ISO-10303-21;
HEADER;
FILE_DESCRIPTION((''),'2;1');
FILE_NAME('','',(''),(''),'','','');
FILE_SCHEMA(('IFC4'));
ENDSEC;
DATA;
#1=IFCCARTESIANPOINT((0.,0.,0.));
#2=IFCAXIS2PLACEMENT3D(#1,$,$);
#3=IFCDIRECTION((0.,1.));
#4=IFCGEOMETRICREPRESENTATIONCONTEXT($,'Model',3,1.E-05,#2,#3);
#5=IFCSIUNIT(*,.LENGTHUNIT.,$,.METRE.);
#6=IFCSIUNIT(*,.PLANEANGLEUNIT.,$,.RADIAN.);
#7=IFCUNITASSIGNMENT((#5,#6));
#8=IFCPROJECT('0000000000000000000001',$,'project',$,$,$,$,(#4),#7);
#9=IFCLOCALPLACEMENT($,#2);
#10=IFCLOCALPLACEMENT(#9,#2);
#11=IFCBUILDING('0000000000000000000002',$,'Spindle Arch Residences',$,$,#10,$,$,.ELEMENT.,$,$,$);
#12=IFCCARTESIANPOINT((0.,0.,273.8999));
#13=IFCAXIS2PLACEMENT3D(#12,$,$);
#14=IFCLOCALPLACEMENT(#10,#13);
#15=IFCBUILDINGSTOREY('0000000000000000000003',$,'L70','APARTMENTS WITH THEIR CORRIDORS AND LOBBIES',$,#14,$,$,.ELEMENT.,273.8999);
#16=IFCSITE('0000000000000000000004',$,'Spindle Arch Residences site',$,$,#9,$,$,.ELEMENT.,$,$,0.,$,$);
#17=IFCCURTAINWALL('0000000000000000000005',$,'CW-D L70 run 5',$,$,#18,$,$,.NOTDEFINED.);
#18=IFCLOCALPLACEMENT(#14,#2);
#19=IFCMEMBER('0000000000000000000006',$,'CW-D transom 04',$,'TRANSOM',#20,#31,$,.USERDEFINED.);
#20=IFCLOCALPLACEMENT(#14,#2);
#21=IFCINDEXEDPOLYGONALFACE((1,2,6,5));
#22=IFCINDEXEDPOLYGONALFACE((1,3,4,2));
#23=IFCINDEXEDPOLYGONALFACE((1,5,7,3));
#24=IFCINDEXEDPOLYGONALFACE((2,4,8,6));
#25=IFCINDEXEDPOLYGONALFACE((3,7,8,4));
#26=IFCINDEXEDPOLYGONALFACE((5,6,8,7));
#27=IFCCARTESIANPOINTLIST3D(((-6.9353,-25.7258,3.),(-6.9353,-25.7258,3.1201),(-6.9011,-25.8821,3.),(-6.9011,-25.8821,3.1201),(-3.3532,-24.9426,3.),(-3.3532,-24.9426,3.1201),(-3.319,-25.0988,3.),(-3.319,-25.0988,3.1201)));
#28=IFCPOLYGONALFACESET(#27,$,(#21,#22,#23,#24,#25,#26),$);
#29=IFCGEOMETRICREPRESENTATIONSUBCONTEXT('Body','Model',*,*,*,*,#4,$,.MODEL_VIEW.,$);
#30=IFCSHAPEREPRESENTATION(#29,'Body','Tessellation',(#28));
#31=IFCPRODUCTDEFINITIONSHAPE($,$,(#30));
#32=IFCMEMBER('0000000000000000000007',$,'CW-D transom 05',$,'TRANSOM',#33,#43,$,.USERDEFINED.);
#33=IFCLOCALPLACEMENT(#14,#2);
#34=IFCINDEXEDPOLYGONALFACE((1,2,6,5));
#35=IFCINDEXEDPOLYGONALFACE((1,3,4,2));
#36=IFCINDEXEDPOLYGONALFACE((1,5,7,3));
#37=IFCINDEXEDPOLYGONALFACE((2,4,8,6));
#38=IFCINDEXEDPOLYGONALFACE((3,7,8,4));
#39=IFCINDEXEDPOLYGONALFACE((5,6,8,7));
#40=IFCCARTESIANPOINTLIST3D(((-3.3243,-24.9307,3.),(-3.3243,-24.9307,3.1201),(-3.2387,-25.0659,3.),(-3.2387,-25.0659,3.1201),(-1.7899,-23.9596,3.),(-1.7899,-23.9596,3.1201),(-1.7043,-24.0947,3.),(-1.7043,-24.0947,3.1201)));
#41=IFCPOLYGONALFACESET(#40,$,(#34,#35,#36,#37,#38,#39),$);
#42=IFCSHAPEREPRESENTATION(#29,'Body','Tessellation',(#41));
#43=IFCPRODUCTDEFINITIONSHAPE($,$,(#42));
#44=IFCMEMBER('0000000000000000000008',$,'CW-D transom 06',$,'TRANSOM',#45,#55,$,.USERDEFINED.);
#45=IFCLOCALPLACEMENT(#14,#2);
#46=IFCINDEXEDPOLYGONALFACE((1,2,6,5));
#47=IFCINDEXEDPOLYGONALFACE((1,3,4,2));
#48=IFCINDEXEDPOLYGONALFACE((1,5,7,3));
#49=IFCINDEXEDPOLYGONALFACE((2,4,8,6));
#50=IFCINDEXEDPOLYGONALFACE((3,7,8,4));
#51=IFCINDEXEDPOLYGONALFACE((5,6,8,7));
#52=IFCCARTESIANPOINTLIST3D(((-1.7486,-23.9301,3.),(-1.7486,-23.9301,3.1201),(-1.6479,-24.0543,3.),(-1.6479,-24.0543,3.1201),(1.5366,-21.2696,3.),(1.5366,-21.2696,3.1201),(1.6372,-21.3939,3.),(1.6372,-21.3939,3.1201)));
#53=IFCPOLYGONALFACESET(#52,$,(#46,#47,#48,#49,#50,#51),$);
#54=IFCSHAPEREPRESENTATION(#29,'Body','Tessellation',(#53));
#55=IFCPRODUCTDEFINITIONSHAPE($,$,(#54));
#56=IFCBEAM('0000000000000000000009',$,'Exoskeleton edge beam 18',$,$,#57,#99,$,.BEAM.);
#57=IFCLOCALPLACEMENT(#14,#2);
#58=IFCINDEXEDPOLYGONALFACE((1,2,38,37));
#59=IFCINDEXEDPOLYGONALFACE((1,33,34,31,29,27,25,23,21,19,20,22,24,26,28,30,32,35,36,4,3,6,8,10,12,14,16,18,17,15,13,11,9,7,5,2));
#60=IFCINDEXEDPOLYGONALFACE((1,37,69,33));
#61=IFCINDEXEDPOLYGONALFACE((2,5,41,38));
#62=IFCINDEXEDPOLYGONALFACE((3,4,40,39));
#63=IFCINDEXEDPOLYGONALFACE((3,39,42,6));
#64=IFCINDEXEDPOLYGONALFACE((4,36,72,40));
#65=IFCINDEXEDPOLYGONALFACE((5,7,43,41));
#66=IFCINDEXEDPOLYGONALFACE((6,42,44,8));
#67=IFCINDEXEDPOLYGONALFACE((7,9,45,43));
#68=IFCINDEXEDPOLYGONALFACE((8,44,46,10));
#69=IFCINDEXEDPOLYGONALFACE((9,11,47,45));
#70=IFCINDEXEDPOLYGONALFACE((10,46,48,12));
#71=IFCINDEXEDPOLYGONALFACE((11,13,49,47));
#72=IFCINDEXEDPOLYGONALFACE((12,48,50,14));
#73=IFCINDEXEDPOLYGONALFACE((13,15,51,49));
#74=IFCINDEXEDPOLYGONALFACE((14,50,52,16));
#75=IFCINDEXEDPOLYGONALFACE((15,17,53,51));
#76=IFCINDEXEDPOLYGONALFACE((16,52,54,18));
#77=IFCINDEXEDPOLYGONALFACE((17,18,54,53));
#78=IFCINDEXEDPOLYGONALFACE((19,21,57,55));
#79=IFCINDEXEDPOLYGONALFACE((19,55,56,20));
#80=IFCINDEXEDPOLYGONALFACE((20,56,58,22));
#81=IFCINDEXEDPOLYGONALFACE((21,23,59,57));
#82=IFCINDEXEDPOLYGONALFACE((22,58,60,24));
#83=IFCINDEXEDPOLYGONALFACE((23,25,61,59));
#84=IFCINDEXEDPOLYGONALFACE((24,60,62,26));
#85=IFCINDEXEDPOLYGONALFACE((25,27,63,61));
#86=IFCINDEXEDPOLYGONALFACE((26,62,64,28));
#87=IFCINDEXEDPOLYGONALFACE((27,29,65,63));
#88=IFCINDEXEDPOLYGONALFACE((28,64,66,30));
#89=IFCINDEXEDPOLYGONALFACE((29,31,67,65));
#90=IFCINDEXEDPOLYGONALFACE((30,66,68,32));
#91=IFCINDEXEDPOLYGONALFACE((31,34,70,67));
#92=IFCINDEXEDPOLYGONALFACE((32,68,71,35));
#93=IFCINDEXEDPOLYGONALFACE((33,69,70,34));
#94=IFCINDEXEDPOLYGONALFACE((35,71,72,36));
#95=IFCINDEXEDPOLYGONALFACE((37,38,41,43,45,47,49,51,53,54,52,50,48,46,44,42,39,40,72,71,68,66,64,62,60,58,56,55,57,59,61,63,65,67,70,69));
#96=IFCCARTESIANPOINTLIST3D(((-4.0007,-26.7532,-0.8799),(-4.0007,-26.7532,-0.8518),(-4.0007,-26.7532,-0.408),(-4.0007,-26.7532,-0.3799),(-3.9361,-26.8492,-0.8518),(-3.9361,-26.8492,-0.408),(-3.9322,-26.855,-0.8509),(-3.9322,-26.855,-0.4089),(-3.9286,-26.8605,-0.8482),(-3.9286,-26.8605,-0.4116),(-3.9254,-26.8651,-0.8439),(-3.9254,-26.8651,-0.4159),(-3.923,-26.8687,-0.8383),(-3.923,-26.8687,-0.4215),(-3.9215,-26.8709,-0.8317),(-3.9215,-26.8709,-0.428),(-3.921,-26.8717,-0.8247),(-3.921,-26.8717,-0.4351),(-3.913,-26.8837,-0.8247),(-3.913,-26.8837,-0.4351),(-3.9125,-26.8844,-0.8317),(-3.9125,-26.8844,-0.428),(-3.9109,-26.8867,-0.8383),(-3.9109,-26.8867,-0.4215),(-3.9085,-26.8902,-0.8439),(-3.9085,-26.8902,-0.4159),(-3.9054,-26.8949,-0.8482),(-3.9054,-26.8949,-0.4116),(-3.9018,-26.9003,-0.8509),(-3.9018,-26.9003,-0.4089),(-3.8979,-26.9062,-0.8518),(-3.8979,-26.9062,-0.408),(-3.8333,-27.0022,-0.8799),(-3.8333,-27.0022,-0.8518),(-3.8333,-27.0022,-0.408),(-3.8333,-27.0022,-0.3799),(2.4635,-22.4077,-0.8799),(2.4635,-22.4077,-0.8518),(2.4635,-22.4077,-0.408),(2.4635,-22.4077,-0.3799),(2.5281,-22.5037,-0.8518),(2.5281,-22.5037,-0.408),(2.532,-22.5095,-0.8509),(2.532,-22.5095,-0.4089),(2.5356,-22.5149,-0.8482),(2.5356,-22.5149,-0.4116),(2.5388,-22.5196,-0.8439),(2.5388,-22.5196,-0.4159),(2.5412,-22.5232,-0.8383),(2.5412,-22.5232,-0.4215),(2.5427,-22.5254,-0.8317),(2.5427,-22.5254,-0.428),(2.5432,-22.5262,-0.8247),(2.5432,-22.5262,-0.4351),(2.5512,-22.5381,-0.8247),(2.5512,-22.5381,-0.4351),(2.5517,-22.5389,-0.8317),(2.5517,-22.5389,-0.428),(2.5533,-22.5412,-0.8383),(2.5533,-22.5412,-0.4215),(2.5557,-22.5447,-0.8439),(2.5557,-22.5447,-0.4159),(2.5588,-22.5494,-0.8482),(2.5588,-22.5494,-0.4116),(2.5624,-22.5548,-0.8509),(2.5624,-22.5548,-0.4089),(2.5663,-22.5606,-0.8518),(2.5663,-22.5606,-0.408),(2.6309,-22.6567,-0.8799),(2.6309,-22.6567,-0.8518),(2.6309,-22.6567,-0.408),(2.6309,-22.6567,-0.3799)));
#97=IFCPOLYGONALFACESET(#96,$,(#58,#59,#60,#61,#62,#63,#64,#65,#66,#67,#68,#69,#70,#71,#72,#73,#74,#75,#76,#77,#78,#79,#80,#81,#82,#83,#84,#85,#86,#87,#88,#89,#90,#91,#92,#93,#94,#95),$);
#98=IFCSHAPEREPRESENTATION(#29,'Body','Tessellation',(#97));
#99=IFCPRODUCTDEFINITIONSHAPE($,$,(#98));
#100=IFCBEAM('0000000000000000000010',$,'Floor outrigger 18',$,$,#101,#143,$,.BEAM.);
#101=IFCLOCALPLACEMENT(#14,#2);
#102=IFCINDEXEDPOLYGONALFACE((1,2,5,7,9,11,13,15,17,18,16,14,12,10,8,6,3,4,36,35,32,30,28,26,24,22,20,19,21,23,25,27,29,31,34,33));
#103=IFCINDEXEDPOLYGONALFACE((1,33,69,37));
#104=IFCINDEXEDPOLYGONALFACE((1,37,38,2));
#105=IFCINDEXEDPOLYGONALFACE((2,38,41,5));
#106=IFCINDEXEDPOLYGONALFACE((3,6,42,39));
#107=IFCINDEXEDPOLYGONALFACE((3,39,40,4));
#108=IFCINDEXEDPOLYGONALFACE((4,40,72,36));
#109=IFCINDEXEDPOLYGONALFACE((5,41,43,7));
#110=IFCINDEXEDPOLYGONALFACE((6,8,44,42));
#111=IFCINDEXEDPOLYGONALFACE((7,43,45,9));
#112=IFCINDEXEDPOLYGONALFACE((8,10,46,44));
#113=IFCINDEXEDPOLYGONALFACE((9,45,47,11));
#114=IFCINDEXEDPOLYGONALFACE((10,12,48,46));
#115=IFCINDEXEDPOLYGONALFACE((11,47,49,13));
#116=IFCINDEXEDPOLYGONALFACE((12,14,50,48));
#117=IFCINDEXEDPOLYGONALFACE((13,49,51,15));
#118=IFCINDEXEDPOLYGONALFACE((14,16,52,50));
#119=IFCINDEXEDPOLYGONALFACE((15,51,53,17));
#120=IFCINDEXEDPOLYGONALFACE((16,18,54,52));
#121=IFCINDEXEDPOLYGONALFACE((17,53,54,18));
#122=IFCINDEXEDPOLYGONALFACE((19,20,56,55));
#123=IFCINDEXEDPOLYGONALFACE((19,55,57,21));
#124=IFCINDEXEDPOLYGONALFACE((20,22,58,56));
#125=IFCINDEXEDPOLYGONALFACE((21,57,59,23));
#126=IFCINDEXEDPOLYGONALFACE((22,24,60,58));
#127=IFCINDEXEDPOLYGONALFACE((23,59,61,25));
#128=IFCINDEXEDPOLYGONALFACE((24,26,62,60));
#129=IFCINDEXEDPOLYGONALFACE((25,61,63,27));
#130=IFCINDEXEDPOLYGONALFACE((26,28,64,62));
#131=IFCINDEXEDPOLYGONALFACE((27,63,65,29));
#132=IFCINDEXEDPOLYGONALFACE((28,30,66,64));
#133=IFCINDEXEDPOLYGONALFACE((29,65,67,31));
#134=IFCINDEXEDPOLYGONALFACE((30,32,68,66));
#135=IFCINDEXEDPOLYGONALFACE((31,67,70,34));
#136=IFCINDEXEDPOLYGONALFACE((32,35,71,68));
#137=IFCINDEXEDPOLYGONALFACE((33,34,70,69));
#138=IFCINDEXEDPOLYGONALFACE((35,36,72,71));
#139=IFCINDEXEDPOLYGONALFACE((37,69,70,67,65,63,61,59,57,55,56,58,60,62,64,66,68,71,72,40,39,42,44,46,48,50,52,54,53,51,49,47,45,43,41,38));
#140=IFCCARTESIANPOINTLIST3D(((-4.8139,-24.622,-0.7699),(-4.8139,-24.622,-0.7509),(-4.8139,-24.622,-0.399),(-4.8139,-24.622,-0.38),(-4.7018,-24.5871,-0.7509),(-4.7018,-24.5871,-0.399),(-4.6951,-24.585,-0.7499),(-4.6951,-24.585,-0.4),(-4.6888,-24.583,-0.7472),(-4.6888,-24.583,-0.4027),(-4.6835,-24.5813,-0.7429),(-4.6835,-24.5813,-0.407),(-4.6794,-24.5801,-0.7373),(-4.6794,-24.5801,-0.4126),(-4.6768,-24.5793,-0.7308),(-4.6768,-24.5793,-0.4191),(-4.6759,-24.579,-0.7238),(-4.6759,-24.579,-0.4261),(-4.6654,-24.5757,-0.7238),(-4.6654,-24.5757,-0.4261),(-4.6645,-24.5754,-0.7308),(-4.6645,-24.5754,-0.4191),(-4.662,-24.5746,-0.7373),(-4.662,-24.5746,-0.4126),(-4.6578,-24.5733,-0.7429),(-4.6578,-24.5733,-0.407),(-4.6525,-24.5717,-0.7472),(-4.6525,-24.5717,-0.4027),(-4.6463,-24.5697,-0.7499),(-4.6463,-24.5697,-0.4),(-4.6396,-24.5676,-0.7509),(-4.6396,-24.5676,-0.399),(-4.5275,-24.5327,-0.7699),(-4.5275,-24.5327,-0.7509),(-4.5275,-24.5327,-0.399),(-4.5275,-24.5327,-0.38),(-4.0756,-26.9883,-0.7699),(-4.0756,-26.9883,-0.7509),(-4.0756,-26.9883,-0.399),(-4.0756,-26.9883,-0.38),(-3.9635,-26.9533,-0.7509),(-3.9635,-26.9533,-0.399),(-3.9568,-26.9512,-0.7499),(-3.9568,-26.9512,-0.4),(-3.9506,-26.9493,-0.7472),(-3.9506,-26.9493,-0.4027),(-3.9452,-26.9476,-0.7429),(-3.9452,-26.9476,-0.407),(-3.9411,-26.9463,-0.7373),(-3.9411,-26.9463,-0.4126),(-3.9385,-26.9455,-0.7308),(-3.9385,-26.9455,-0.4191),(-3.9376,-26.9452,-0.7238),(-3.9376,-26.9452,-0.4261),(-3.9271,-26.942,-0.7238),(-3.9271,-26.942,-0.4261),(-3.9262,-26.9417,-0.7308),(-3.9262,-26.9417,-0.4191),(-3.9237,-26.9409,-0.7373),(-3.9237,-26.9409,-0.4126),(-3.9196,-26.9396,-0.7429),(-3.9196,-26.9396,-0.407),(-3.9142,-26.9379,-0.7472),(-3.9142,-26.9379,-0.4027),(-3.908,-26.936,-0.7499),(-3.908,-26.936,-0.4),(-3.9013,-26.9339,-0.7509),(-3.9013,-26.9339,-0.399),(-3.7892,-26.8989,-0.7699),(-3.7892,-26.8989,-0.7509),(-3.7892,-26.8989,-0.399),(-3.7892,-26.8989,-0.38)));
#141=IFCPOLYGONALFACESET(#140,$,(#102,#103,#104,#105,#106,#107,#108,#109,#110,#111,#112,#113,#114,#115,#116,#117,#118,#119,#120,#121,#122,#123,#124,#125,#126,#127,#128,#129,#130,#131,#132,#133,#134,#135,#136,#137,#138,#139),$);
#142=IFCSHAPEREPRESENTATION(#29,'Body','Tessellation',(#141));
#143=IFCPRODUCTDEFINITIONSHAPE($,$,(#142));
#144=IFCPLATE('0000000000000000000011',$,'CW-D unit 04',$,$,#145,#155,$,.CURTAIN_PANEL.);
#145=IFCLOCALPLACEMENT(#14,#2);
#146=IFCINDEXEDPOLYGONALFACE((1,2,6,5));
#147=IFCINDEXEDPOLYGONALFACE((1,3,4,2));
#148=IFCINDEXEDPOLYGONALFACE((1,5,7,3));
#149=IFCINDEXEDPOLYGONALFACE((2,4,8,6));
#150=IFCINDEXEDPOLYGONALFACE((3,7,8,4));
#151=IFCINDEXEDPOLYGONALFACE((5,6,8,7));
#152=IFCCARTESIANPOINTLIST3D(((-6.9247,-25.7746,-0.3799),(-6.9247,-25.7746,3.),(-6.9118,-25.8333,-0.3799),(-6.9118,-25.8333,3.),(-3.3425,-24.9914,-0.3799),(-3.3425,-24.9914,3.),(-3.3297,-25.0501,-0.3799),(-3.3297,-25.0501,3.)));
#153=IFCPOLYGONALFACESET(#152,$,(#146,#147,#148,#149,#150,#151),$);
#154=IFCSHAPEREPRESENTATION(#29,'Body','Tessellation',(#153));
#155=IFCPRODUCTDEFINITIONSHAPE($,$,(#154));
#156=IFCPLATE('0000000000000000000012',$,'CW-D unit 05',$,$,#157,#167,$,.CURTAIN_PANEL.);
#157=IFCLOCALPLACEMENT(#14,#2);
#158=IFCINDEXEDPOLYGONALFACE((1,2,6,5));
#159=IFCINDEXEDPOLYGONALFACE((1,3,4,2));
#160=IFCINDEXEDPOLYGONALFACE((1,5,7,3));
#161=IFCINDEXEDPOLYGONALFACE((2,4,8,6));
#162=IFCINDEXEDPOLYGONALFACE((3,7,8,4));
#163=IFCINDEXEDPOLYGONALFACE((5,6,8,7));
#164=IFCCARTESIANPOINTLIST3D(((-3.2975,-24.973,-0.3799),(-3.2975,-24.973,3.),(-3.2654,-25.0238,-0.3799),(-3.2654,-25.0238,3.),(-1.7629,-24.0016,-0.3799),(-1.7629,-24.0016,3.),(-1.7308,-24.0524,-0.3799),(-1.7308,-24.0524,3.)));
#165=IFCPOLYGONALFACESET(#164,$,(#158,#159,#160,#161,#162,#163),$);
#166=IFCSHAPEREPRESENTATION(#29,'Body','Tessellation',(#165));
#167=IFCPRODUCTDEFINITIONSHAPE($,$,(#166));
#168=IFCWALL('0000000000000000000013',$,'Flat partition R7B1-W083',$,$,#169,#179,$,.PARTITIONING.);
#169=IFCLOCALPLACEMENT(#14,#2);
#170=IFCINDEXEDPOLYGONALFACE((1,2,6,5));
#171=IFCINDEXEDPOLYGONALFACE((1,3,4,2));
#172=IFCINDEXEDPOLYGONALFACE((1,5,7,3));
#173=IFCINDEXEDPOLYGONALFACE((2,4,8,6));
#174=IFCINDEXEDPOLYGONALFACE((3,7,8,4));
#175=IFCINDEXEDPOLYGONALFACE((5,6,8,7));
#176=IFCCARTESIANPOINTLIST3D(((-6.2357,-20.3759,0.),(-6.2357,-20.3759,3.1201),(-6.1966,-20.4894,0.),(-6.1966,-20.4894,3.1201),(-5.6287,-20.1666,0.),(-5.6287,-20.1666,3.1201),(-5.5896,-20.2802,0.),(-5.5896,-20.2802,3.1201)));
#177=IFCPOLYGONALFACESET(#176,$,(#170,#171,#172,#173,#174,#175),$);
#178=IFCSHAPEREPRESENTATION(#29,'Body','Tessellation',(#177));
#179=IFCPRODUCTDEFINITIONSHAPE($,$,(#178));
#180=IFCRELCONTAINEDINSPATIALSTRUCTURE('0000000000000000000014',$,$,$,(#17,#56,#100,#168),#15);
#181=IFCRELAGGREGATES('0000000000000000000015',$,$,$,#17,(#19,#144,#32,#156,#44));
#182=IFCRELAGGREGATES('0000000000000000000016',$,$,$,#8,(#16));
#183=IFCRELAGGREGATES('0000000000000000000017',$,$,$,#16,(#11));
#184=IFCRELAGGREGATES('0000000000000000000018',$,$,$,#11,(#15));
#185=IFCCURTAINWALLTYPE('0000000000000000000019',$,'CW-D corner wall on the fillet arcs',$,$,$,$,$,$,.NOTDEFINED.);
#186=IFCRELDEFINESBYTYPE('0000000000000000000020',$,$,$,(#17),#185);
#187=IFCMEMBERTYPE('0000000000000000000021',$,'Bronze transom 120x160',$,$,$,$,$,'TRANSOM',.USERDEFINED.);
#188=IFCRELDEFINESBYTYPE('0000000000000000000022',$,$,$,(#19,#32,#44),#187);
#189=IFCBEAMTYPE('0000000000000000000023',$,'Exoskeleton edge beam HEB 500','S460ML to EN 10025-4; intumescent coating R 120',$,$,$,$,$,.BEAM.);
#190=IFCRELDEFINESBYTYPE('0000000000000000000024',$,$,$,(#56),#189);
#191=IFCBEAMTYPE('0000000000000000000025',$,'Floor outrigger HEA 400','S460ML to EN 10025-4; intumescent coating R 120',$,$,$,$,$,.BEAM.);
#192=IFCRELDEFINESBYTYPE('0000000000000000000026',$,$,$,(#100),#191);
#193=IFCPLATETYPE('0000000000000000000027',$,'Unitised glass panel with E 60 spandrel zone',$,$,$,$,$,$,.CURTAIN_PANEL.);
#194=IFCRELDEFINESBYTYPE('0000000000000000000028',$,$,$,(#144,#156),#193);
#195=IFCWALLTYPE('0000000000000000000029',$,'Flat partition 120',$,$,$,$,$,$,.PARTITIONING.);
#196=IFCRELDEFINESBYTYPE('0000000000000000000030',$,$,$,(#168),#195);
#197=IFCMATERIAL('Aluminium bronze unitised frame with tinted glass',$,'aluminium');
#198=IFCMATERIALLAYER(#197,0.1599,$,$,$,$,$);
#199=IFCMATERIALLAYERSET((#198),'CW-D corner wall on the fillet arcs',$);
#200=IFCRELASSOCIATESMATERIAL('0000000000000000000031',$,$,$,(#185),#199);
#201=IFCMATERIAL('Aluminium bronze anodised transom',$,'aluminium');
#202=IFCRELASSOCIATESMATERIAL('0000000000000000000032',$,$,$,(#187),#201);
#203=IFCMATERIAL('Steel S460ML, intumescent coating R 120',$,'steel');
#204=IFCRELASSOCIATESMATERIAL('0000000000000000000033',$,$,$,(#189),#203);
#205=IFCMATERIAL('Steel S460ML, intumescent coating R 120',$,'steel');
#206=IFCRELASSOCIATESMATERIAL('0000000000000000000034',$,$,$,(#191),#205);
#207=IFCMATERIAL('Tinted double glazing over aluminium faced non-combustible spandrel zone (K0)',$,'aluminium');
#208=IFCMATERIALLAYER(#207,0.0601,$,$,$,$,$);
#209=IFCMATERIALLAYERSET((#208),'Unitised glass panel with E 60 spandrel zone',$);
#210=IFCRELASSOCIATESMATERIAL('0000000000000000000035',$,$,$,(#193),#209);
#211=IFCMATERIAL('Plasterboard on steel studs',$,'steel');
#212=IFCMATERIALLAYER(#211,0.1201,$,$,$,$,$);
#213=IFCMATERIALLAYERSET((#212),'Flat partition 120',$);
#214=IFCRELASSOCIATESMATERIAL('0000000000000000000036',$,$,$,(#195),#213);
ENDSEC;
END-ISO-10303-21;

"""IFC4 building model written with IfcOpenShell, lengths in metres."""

from ifc_helpers import new_model, si_unit, direction, frame, frame_2d, origin, origin_2d, place, context, subcontext, project, spatial, rectangle, i_section, extrude, material, layer, layer_set, material_profile, profile_set, type_object, element, aggregate, save


model = new_model("IFC4")

# Units and contexts
model_context = context("Model", 3, precision=1e-05, world=origin(), true_north=direction((0.0, 1.0)))
body_context = subcontext(model_context, "Body", "Model", "MODEL_VIEW")
ifc_project = project(units=[si_unit("LENGTHUNIT", "METRE"), si_unit("PLANEANGLEUNIT", "RADIAN")], contexts=[model_context])

# Site, building, storey
site_placement = place(None, origin())
site = spatial("IfcSite", under=ifc_project, at=site_placement, Name="Spindle Arch Residences site", CompositionType="ELEMENT", RefElevation=0.0)
building_placement = place(site_placement, origin())
building = spatial("IfcBuilding", under=site, at=building_placement, Name="Spindle Arch Residences", CompositionType="ELEMENT")
storey_placement = place(building_placement, frame((0.0, 0.0, 273.8999)))
storey = spatial("IfcBuildingStorey", under=building, at=storey_placement, Name="L70", Description="APARTMENTS WITH THEIR CORRIDORS AND LOBBIES", CompositionType="ELEMENT", Elevation=273.8999)

# Curtain wall, members
ifc_material_1 = material(Name="Aluminium bronze unitised frame with tinted glass", Category="aluminium")
ifc_layer_1 = layer(ifc_material_1, 0.1599)
ifc_layer_set_1 = layer_set([ifc_layer_1], Name="CW-D corner wall on the fillet arcs")
curtain_wall_type = type_object("IfcCurtainWallType", Name="CW-D corner wall on the fillet arcs", PredefinedType="NOTDEFINED", material=ifc_layer_set_1)
curtain_wall_placement = place(storey_placement, origin())
curtain_wall = element("IfcCurtainWall", 1, at=curtain_wall_placement, inside=storey, type_object=curtain_wall_type, Name="CW-D L70 run 5", PredefinedType="NOTDEFINED")
ifc_material_2 = material(Name="Aluminium bronze anodised transom", Category="aluminium")
ifc_material_profile_1 = material_profile(ifc_material_2, rectangle(XDim=0.1599, YDim=0.1201, at=origin_2d()), Name="TR 120x160")
ifc_profile_set_1 = profile_set([ifc_material_profile_1], Name="Aluminium bronze anodised transom")
member_type_1 = type_object("IfcMemberType", Name="Bronze transom 120x160", ElementType="TRANSOM", PredefinedType="USERDEFINED", material=ifc_profile_set_1)
member_1_placement = place(storey_placement, frame((-6.9182, -25.804, 3.0601), z_axis=(0.976921, 0.213602, 0.0), x_axis=(-0.213602, 0.976921, 0.0)))
member_1 = element("IfcMember", 2, at=member_1_placement, type_object=member_type_1, Name="CW-D transom 04", ObjectType="TRANSOM", PredefinedType="USERDEFINED", context=body_context, shape_type="SweptSolid", body=[
    extrude(rectangle(XDim=0.1599, YDim=0.1201, at=origin_2d()), origin(), (0.0, 0.0, 1.0), 3.6667),
])
member_2_placement = place(storey_placement, frame((-3.2815, -24.9983, 3.0601), z_axis=(0.844971, 0.534812, 0.0), x_axis=(-0.534812, 0.844971, 0.0)))
member_2 = element("IfcMember", 3, at=member_2_placement, type_object=member_type_1, Name="CW-D transom 05", ObjectType="TRANSOM", PredefinedType="USERDEFINED", context=body_context, shape_type="SweptSolid", body=[
    extrude(rectangle(XDim=0.1599, YDim=0.1201, at=origin_2d()), origin(), (0.0, 0.0, 1.0), 1.8159),
])
member_3_placement = place(storey_placement, frame((-1.6982, -23.9922, 3.0601), z_axis=(0.777131, 0.629339, 0.0), x_axis=(-0.629339, 0.777131, 0.0)))
member_3 = element("IfcMember", 4, at=member_3_placement, type_object=member_type_1, Name="CW-D transom 06", ObjectType="TRANSOM", PredefinedType="USERDEFINED", context=body_context, shape_type="SweptSolid", body=[
    extrude(rectangle(XDim=0.1599, YDim=0.1201, at=origin_2d()), origin(), (0.0, 0.0, 1.0), 4.2273),
])

# Beams
ifc_material_3 = material(Name="Steel S460ML, intumescent coating R 120", Category="steel")
ifc_material_profile_2 = material_profile(ifc_material_3, i_section(OverallWidth=0.3, OverallDepth=0.5, WebThickness=0.0144, FlangeThickness=0.0281, FilletRadius=0.0271, at=origin_2d()), Name="HEB 500")
ifc_profile_set_2 = profile_set([ifc_material_profile_2], Name="Steel S460ML, intumescent coating R 120")
beam_type_1 = type_object("IfcBeamType", Name="Exoskeleton edge beam HEB 500", Description="S460ML to EN 10025-4; intumescent coating R 120", PredefinedType="BEAM", material=ifc_profile_set_2)
beam_1_placement = place(storey_placement, frame((-3.917, -26.8777, -0.6299), z_axis=(0.829908, 0.5579, 0.0), x_axis=(-0.5579, 0.829908, 0.0)))
element("IfcBeam", 5, at=beam_1_placement, inside=storey, type_object=beam_type_1, Name="Exoskeleton edge beam 18", PredefinedType="BEAM", context=body_context, shape_type="SweptSolid", body=[
    extrude(i_section(OverallWidth=0.3, OverallDepth=0.5, WebThickness=0.0144, FlangeThickness=0.0281, FilletRadius=0.0271, at=origin_2d()), origin(), (0.0, 0.0, 1.0), 7.7891),
])
ifc_material_4 = material(Name="Steel S460ML, intumescent coating R 120", Category="steel")
ifc_material_profile_3 = material_profile(ifc_material_4, i_section(OverallWidth=0.3, OverallDepth=0.3899, WebThickness=0.011, FlangeThickness=0.019, FilletRadius=0.0271, at=origin_2d()), Name="HEA 400")
ifc_profile_set_3 = profile_set([ifc_material_profile_3], Name="Steel S460ML, intumescent coating R 120")
beam_type_2 = type_object("IfcBeamType", Name="Floor outrigger HEA 400", Description="S460ML to EN 10025-4; intumescent coating R 120", PredefinedType="BEAM", material=ifc_profile_set_3)
beam_2_placement = place(storey_placement, frame((-3.9324, -26.9436, -0.575), z_axis=(-0.297849, 0.954613, 0.0), x_axis=(-0.954613, -0.297849, 0.0)))
element("IfcBeam", 6, at=beam_2_placement, inside=storey, type_object=beam_type_2, Name="Floor outrigger 18", PredefinedType="BEAM", context=body_context, shape_type="SweptSolid", body=[
    extrude(i_section(OverallWidth=0.3, OverallDepth=0.3899, WebThickness=0.011, FlangeThickness=0.019, FilletRadius=0.0271, at=origin_2d()), origin(), (0.0, 0.0, 1.0), 2.4788),
])

# Plates
ifc_material_5 = material(Name="Tinted double glazing over aluminium faced non-combustible spandrel zone (K0)", Category="aluminium")
ifc_layer_2 = layer(ifc_material_5, 0.0601)
ifc_layer_set_2 = layer_set([ifc_layer_2], Name="Unitised glass panel with E 60 spandrel zone")
plate_type = type_object("IfcPlateType", Name="Unitised glass panel with E 60 spandrel zone", PredefinedType="CURTAIN_PANEL", material=ifc_layer_set_2)
plate_1_placement = place(storey_placement, frame((-5.1272, -25.4124, -0.3799), z_axis=(0.0, 0.0, 1.0), x_axis=(0.976921, 0.213599, 0.0)))
plate_1 = element("IfcPlate", 7, at=plate_1_placement, type_object=plate_type, Name="CW-D unit 04", PredefinedType="CURTAIN_PANEL", context=body_context, shape_type="SweptSolid", body=[
    extrude(rectangle(XDim=3.6667, YDim=0.0601, at=origin_2d()), origin(), (0.0, 0.0, 1.0), 3.3799),
])
plate_2_placement = place(storey_placement, frame((-2.5142, -24.5127, -0.3799), z_axis=(0.0, 0.0, 1.0), x_axis=(0.844951, 0.534844, 0.0)))
plate_2 = element("IfcPlate", 8, at=plate_2_placement, type_object=plate_type, Name="CW-D unit 05", PredefinedType="CURTAIN_PANEL", context=body_context, shape_type="SweptSolid", body=[
    extrude(rectangle(XDim=1.8162, YDim=0.0601, at=origin_2d()), origin(), (0.0, 0.0, 1.0), 3.3799),
])
aggregate(curtain_wall, [member_1, plate_1, member_2, plate_2, member_3])

# Wall
ifc_material_6 = material(Name="Plasterboard on steel studs", Category="steel")
ifc_layer_3 = layer(ifc_material_6, 0.1201)
ifc_layer_set_3 = layer_set([ifc_layer_3], Name="Flat partition 120")
wall_type_1 = type_object("IfcWallType", Name="Flat partition 120", PredefinedType="PARTITIONING", material=ifc_layer_set_3)
wall_1_placement = place(storey_placement, frame((-5.6091, -20.2234, 0.0), z_axis=(0.0, 0.0, 1.0), x_axis=(-0.945401, -0.325909, 0.0)))
element("IfcWall", 9, at=wall_1_placement, inside=storey, type_object=wall_type_1, Name="Flat partition R7B1-W083", PredefinedType="PARTITIONING", context=body_context, shape_type="SweptSolid", body=[
    extrude(rectangle(XDim=0.6421, YDim=0.1201, at=frame_2d((0.321, 0.0))), origin(), (0.0, 0.0, 1.0), 3.1201),
])

save(model, "model.ifc")
